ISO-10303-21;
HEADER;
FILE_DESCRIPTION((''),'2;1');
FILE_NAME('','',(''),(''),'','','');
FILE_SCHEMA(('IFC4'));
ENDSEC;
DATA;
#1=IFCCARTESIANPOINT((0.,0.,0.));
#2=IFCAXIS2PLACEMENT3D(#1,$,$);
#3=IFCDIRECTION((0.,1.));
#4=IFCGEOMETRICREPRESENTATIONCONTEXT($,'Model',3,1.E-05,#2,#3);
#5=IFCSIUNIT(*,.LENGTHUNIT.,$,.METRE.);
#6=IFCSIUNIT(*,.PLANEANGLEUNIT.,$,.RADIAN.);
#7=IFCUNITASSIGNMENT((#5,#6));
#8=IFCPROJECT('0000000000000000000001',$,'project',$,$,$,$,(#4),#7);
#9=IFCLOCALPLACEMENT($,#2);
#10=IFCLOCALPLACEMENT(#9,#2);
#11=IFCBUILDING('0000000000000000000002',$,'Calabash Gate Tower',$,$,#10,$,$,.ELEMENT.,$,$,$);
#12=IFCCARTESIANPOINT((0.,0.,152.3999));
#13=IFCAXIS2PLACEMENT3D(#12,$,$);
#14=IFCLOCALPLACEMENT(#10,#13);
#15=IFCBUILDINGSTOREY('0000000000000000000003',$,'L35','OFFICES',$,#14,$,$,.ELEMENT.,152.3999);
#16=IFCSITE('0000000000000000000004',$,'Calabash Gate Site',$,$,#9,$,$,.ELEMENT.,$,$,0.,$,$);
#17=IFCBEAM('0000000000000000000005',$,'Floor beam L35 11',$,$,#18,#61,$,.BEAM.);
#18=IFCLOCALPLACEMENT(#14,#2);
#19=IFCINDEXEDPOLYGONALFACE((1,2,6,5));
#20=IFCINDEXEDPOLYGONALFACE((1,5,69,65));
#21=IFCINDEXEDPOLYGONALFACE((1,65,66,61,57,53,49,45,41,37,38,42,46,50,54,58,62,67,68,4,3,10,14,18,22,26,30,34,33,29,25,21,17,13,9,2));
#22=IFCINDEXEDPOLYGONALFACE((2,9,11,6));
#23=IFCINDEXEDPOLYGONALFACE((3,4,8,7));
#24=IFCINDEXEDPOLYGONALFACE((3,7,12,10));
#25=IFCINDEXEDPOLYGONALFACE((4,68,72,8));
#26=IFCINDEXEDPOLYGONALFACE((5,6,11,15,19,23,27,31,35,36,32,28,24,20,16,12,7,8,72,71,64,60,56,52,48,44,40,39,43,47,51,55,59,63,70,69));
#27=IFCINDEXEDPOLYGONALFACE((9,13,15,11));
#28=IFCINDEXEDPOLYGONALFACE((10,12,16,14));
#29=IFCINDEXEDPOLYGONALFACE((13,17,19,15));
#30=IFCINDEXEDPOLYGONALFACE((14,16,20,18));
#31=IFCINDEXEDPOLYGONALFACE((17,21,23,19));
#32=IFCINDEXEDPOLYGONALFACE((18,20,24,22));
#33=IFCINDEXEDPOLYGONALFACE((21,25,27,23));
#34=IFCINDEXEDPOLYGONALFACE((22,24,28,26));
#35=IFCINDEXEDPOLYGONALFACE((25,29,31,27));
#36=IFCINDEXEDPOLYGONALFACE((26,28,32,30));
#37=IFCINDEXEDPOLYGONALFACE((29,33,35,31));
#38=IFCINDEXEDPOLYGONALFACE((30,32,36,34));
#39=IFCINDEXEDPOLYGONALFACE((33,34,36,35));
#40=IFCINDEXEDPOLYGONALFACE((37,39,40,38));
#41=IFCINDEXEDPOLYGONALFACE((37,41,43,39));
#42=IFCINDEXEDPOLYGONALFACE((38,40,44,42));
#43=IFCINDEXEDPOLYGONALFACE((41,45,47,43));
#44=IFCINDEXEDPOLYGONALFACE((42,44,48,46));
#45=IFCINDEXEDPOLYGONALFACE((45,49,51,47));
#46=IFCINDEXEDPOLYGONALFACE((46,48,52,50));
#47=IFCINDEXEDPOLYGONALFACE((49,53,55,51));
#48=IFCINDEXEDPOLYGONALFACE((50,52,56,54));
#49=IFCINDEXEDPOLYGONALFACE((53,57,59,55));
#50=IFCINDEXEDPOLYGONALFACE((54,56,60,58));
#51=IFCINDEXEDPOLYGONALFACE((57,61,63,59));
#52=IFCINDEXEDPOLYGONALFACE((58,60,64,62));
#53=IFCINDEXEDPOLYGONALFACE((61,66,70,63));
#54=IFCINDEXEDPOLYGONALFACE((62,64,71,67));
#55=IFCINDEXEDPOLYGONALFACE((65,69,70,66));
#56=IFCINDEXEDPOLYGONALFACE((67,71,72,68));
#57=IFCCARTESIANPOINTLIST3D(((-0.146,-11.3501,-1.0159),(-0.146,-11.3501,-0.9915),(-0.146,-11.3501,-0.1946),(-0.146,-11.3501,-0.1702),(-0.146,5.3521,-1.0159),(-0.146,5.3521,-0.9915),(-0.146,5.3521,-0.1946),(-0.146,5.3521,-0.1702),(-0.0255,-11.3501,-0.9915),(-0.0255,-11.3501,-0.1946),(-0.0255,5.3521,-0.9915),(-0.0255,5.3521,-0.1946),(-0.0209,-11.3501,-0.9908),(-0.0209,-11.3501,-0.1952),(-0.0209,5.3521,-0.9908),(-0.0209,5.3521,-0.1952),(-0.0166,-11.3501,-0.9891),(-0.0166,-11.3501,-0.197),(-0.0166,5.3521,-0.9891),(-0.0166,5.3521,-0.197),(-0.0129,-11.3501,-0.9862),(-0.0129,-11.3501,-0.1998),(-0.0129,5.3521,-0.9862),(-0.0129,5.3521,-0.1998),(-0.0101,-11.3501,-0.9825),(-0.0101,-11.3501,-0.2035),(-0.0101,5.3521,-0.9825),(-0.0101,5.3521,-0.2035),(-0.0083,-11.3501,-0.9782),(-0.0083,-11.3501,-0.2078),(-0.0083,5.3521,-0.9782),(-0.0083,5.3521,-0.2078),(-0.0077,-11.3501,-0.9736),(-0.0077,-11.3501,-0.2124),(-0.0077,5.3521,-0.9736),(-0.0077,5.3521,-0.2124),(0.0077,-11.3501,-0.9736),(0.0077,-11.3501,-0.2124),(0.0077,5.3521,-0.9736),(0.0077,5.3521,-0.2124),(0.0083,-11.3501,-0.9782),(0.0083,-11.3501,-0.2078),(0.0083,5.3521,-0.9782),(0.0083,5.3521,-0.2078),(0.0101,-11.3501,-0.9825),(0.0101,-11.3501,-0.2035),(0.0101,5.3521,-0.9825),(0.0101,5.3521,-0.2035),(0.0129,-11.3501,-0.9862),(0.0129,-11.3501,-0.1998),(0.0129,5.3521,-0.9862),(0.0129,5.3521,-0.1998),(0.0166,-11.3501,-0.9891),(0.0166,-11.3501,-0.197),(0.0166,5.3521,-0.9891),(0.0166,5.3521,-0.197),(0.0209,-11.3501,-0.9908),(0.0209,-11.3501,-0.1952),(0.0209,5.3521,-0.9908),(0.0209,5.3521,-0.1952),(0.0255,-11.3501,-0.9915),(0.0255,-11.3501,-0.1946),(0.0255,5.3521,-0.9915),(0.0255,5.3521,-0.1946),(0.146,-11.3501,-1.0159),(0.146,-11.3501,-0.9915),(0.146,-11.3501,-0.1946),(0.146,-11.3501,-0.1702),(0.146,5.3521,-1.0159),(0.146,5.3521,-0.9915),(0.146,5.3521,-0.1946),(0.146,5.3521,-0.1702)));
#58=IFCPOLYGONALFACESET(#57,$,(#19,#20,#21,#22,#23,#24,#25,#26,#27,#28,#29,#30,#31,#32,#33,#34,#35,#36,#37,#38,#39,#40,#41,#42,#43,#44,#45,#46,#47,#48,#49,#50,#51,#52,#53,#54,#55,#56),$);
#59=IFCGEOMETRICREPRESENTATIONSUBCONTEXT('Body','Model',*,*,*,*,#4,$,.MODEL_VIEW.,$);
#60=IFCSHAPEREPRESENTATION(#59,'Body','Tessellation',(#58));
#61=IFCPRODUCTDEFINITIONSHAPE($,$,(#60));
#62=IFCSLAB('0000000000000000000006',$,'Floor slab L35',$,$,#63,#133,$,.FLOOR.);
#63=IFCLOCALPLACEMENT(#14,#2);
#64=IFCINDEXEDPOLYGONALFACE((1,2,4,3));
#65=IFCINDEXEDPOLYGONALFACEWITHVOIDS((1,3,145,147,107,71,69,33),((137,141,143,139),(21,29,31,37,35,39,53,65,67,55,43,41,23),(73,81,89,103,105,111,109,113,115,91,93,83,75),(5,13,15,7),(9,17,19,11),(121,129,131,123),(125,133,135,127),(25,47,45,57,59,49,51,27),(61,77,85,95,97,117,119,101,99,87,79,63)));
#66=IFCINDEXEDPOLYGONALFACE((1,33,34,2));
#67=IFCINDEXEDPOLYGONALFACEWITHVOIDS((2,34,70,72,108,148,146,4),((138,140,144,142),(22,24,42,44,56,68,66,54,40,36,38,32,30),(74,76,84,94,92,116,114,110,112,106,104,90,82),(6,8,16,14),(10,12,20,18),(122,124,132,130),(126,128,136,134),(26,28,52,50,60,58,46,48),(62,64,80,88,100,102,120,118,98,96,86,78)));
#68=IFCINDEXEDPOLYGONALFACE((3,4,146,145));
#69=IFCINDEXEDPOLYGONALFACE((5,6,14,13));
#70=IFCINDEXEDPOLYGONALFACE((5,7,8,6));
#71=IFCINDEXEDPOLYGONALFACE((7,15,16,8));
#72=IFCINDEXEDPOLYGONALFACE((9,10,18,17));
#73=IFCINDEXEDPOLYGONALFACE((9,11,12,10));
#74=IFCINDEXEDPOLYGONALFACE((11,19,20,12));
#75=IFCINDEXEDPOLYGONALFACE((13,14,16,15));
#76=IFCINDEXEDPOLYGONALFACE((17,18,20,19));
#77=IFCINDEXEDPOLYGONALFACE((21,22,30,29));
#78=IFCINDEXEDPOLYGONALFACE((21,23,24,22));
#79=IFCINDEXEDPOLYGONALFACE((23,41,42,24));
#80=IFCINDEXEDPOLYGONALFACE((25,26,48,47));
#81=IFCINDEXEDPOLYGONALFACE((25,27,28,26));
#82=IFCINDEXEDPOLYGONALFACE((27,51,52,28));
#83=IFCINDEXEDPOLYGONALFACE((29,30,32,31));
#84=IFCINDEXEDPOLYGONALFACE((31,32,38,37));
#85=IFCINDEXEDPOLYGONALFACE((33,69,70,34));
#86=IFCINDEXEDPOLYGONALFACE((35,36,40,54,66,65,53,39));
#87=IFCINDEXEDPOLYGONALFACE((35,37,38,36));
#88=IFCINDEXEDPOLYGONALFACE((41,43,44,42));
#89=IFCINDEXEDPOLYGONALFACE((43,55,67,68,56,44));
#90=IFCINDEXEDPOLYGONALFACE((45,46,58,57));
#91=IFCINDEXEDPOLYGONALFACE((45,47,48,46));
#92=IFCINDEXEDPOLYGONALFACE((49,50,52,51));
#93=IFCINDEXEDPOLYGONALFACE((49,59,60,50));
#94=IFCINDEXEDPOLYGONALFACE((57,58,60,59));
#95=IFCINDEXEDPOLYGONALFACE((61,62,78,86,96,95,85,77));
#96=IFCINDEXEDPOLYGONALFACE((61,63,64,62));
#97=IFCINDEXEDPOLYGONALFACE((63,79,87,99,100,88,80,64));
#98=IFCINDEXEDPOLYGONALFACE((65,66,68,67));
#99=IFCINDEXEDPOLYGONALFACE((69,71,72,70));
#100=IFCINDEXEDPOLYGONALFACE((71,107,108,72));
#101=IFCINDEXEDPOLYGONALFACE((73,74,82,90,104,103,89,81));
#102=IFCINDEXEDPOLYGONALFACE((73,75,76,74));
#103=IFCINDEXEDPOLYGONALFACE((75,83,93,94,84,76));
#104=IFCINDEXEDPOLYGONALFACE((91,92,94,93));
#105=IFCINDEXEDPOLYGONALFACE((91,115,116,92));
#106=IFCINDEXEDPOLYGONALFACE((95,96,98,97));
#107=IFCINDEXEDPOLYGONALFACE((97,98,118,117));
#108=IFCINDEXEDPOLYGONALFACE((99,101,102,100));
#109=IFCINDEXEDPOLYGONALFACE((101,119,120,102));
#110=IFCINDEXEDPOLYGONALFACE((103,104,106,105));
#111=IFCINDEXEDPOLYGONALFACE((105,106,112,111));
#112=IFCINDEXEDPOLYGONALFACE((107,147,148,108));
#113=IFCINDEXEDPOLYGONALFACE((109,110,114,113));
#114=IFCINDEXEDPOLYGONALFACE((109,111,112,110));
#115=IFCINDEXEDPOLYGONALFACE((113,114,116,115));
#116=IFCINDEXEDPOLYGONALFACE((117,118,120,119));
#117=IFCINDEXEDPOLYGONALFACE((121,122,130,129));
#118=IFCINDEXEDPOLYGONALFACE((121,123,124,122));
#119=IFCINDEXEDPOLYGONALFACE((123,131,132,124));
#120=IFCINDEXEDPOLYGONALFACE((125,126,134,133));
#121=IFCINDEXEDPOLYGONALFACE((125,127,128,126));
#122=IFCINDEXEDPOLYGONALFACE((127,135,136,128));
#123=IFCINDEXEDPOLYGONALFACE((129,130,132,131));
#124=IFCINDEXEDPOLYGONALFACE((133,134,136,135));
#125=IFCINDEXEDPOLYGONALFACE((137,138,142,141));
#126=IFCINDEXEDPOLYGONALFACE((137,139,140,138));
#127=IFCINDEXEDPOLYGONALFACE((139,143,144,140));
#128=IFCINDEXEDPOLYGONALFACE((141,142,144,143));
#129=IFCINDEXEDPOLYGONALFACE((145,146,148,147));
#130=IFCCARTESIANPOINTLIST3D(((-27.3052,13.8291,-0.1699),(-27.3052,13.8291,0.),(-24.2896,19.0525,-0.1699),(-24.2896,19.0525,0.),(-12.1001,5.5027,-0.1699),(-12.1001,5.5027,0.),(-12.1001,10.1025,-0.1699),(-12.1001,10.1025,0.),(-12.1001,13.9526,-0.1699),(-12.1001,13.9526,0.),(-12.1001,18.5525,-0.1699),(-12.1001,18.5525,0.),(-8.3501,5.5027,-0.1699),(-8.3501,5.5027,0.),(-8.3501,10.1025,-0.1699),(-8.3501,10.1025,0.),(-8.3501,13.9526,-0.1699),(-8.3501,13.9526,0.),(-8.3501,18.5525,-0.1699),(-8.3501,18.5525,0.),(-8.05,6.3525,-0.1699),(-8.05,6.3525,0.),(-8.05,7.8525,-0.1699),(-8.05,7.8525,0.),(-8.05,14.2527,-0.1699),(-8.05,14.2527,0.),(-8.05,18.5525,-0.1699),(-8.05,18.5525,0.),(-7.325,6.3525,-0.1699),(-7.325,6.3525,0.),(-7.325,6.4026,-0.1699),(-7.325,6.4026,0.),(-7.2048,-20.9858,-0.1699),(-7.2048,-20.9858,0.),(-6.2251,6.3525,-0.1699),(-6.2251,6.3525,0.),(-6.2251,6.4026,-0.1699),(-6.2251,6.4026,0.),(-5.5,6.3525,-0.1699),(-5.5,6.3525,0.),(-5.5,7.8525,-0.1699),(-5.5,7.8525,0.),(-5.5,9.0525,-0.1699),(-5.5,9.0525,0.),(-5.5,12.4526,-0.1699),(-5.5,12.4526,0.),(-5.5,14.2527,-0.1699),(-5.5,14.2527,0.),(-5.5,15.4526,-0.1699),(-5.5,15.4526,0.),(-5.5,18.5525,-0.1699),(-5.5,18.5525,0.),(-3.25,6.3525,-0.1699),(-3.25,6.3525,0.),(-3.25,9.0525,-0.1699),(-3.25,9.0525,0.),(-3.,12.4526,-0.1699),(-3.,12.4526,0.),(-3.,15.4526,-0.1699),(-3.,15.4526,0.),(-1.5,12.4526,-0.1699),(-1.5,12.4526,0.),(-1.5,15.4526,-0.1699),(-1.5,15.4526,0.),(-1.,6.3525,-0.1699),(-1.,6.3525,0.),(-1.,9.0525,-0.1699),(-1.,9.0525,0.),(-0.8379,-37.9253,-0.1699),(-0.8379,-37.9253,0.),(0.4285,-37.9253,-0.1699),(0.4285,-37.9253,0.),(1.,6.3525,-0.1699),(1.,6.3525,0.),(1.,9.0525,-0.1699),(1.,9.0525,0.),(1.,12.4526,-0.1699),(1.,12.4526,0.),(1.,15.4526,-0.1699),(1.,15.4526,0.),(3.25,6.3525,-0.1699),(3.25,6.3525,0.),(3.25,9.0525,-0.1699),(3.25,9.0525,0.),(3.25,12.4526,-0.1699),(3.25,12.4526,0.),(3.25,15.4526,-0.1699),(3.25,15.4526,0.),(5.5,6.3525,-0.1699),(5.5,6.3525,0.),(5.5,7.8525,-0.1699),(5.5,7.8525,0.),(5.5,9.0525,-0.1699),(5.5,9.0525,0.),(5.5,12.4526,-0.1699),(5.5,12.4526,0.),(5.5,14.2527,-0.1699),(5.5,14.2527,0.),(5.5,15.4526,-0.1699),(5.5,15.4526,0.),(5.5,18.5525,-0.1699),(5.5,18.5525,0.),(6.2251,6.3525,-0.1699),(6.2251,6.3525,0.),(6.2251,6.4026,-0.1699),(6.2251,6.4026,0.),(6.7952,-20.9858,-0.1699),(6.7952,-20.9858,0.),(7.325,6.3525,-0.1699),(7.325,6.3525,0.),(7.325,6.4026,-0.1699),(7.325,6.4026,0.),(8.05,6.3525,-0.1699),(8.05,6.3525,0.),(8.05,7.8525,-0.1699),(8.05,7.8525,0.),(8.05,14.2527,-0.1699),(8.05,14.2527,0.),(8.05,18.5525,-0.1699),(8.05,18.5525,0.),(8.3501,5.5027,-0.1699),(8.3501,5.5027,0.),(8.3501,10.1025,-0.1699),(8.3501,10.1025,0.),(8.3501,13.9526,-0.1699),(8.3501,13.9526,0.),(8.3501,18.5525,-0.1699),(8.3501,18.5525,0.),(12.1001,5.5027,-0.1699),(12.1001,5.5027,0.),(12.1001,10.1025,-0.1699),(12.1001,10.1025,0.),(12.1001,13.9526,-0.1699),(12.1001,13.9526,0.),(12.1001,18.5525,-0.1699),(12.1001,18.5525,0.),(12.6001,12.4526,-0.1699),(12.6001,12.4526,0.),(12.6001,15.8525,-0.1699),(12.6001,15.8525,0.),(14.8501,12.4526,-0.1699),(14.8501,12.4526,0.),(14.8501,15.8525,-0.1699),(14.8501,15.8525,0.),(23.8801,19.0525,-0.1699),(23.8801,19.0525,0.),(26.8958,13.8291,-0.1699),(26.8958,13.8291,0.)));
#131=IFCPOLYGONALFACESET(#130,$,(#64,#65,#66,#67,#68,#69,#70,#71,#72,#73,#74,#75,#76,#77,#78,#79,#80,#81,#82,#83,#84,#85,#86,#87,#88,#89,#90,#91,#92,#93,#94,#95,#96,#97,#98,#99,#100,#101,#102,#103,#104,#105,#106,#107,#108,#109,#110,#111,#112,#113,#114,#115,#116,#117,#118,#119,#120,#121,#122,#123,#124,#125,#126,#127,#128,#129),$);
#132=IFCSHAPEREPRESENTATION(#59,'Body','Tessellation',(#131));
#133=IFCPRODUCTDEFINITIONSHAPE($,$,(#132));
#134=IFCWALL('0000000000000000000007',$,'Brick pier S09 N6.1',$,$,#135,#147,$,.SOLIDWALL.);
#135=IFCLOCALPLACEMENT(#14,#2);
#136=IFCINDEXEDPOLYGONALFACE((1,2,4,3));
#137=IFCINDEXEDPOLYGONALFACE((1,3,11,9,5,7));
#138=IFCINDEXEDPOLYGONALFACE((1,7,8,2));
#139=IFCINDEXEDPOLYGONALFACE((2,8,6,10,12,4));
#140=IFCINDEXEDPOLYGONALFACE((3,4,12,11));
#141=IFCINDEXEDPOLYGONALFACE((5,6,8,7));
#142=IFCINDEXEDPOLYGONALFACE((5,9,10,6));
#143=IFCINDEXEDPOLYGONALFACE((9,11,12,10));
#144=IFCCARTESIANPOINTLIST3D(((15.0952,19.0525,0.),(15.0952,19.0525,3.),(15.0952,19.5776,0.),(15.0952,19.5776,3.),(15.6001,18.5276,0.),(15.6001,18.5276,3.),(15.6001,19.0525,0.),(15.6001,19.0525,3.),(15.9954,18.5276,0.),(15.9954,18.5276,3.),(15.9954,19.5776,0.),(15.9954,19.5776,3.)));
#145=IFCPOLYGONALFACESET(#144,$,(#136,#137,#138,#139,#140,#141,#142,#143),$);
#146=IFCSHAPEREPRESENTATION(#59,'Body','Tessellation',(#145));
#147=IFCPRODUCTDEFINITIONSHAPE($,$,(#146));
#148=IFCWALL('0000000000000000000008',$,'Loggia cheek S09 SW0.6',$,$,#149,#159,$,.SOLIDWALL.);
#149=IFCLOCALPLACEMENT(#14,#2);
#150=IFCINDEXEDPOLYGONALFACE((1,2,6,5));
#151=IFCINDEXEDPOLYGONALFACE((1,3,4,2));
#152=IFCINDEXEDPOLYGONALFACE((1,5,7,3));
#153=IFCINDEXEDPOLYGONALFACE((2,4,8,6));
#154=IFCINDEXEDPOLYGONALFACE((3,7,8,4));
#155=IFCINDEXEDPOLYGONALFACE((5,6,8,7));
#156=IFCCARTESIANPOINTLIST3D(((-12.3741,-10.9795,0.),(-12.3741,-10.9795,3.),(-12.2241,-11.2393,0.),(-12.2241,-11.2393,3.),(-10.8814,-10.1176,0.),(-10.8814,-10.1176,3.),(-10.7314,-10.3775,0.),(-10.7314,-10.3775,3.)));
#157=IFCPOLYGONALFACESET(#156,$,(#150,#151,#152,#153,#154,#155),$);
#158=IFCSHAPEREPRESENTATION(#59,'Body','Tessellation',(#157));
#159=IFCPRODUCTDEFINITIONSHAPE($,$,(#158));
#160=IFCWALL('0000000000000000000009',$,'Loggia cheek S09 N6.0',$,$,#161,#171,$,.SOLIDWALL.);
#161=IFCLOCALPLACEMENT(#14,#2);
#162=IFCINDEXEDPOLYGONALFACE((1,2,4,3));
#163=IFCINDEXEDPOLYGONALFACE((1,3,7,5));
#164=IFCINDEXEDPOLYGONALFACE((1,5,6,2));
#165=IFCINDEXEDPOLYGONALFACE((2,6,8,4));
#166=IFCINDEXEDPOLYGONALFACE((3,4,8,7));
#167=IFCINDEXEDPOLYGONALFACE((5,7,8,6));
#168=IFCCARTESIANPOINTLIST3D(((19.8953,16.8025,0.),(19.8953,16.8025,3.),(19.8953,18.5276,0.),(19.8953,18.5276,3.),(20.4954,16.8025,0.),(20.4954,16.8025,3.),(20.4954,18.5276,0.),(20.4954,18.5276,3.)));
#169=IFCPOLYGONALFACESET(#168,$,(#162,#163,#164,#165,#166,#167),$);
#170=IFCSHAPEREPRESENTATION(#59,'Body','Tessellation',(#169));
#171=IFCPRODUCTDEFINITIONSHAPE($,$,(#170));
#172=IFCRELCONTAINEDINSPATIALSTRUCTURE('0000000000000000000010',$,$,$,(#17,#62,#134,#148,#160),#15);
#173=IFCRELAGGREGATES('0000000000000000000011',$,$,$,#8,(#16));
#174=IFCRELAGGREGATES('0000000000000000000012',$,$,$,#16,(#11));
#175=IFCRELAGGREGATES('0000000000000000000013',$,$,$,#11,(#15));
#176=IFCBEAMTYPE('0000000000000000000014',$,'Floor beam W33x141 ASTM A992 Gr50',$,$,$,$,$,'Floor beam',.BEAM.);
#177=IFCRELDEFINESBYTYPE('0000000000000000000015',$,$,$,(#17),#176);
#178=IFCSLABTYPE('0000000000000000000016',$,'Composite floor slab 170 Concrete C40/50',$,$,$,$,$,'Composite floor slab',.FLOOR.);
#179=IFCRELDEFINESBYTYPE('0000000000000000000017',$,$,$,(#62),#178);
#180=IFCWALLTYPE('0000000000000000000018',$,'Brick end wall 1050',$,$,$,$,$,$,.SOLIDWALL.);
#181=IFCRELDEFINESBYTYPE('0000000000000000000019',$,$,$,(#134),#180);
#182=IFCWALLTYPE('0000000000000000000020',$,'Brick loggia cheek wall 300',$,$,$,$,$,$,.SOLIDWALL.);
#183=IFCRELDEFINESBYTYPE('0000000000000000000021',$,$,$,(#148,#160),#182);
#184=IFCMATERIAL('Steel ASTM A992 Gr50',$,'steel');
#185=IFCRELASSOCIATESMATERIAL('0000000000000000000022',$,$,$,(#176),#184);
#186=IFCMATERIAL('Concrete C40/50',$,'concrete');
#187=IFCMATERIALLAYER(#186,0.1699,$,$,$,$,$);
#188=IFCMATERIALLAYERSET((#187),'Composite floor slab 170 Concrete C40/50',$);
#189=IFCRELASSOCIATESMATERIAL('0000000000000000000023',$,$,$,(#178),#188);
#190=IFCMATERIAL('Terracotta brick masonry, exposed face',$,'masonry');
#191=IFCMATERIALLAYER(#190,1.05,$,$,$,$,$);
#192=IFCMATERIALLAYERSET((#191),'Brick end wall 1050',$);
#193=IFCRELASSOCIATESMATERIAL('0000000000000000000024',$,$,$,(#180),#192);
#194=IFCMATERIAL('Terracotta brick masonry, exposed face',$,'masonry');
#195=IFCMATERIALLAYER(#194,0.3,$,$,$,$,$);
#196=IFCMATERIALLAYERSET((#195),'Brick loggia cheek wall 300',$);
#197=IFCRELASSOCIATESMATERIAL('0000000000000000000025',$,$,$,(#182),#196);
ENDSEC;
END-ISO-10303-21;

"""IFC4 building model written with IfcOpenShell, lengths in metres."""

from ifc_helpers import new_model, si_unit, direction, frame, frame_2d, origin, origin_2d, place, context, subcontext, project, spatial, polyline, rectangle, i_section, outline, extrude, material, layer, layer_set, material_profile, profile_set, type_object, element, save


model = new_model("IFC4")

# Units and contexts
model_context = context("Model", 3, precision=1e-05, world=origin(), true_north=direction((0.0, 1.0)))
body_context = subcontext(model_context, "Body", "Model", "MODEL_VIEW")
ifc_project = project(units=[si_unit("LENGTHUNIT", "METRE"), si_unit("PLANEANGLEUNIT", "RADIAN")], contexts=[model_context])

# Site, building, storey
site_placement = place(None, origin())
site = spatial("IfcSite", under=ifc_project, at=site_placement, Name="Calabash Gate Site", CompositionType="ELEMENT", RefElevation=0.0)
building_placement = place(site_placement, origin())
building = spatial("IfcBuilding", under=site, at=building_placement, Name="Calabash Gate Tower", CompositionType="ELEMENT")
storey_placement = place(building_placement, frame((0.0, 0.0, 152.3999)))
storey = spatial("IfcBuildingStorey", under=building, at=storey_placement, Name="L35", Description="OFFICES", CompositionType="ELEMENT", Elevation=152.3999)

# Beam
ifc_material_1 = material(Name="Steel ASTM A992 Gr50", Category="steel")
ifc_material_profile = material_profile(ifc_material_1, i_section(OverallWidth=0.292, OverallDepth=0.8457, WebThickness=0.0154, FlangeThickness=0.0244, FilletRadius=0.0178, at=origin_2d()))
ifc_profile_set = profile_set([ifc_material_profile], Name="Steel ASTM A992 Gr50")
beam_type = type_object("IfcBeamType", Name="Floor beam W33x141 ASTM A992 Gr50", ElementType="Floor beam", PredefinedType="BEAM", material=ifc_profile_set)
beam_placement = place(storey_placement, frame((0.0, -11.3501, -0.593), z_axis=(0.0, 1.0, 0.0), x_axis=(-1.0, 0.0, 0.0)))
element("IfcBeam", 1, at=beam_placement, inside=storey, type_object=beam_type, Name="Floor beam L35 11", PredefinedType="BEAM", context=body_context, shape_type="SweptSolid", body=[
    extrude(i_section(OverallWidth=0.292, OverallDepth=0.8457, WebThickness=0.0154, FlangeThickness=0.0244, FilletRadius=0.0178, at=origin_2d()), origin(), (0.0, 0.0, 1.0), 16.7021),
])

# Slab
ifc_material_2 = material(Name="Concrete C40/50", Category="concrete")
ifc_layer_1 = layer(ifc_material_2, 0.1699)
ifc_layer_set_1 = layer_set([ifc_layer_1], Name="Composite floor slab 170 Concrete C40/50")
slab_type = type_object("IfcSlabType", Name="Composite floor slab 170 Concrete C40/50", ElementType="Composite floor slab", PredefinedType="FLOOR", material=ifc_layer_set_1)
slab_placement = place(storey_placement, frame((0.0, 0.0, -0.1699)))
element("IfcSlab", 2, at=slab_placement, inside=storey, type_object=slab_type, Name="Floor slab L35", PredefinedType="FLOOR", context=body_context, shape_type="SweptSolid", body=[
    extrude(outline(polyline([(-24.2896, 19.0525), (23.8801, 19.0525), (26.8958, 13.8291), (6.7952, -20.9858), (0.4285, -37.9253), (-0.8379, -37.9253), (-7.2048, -20.9858), (-27.3052, 13.8291), (-24.2896, 19.0525)]), holes=[polyline([(-3.25, 9.0525), (-5.5, 9.0525), (-5.5, 7.8525), (-8.05, 7.8525), (-8.05, 6.3525), (-7.325, 6.3525), (-7.325, 6.4026), (-6.2251, 6.4026), (-6.2251, 6.3525), (-5.5, 6.3525), (-3.25, 6.3525), (-1.0, 6.3525), (-1.0, 9.0525), (-3.25, 9.0525)]), polyline([(5.5, 6.3525), (6.2251, 6.3525), (6.2251, 6.4026), (7.325, 6.4026), (7.325, 6.3525), (8.05, 6.3525), (8.05, 7.8525), (5.5, 7.8525), (5.5, 9.0525), (3.25, 9.0525), (1.0, 9.0525), (1.0, 6.3525), (3.25, 6.3525), (5.5, 6.3525)]), polyline([(-5.5, 12.4526), (-3.0, 12.4526), (-3.0, 15.4526), (-5.5, 15.4526), (-5.5, 18.5525), (-8.05, 18.5525), (-8.05, 14.2527), (-5.5, 14.2527), (-5.5, 12.4526)]), polyline([(-1.5, 15.4526), (-1.5, 12.4526), (1.0, 12.4526), (3.25, 12.4526), (5.5, 12.4526), (5.5, 14.2527), (8.05, 14.2527), (8.05, 18.5525), (5.5, 18.5525), (5.5, 15.4526), (3.25, 15.4526), (1.0, 15.4526), (-1.5, 15.4526)]), polyline([(14.8501, 15.8525), (12.6001, 15.8525), (12.6001, 12.4526), (14.8501, 12.4526), (14.8501, 15.8525)]), polyline([(-8.3501, 18.5525), (-12.1001, 18.5525), (-12.1001, 13.9526), (-8.3501, 13.9526), (-8.3501, 18.5525)]), polyline([(-12.1001, 10.1025), (-12.1001, 5.5027), (-8.3501, 5.5027), (-8.3501, 10.1025), (-12.1001, 10.1025)]), polyline([(8.3501, 13.9526), (12.1001, 13.9526), (12.1001, 18.5525), (8.3501, 18.5525), (8.3501, 13.9526)]), polyline([(12.1001, 5.5027), (12.1001, 10.1025), (8.3501, 10.1025), (8.3501, 5.5027), (12.1001, 5.5027)])]), origin(), (0.0, 0.0, 1.0), 0.1699),
])

# Walls
ifc_material_3 = material(Name="Terracotta brick masonry, exposed face", Category="masonry")
ifc_layer_2 = layer(ifc_material_3, 1.05)
ifc_layer_set_2 = layer_set([ifc_layer_2], Name="Brick end wall 1050")
wall_type_1 = type_object("IfcWallType", Name="Brick end wall 1050", PredefinedType="SOLIDWALL", material=ifc_layer_set_2)
wall_1_placement = place(storey_placement, origin())
element("IfcWall", 3, at=wall_1_placement, inside=storey, type_object=wall_type_1, Name="Brick pier S09 N6.1", PredefinedType="SOLIDWALL", context=body_context, shape_type="SweptSolid", body=[
    extrude(outline(polyline([(15.9954, 18.5276), (15.9954, 19.5776), (15.0952, 19.5776), (15.0952, 19.0525), (15.6001, 19.0525), (15.6001, 18.5276), (15.9954, 18.5276)])), origin(), (0.0, 0.0, 1.0), 3.0),
])
ifc_material_4 = material(Name="Terracotta brick masonry, exposed face", Category="masonry")
ifc_layer_3 = layer(ifc_material_4, 0.3)
ifc_layer_set_3 = layer_set([ifc_layer_3], Name="Brick loggia cheek wall 300")
wall_type_2 = type_object("IfcWallType", Name="Brick loggia cheek wall 300", PredefinedType="SOLIDWALL", material=ifc_layer_set_3)
wall_2_placement = place(storey_placement, frame((-10.8064, -10.2476, 0.0), z_axis=(0.0, 0.0, 1.0), x_axis=(-0.86602, -0.500009, 0.0)))
element("IfcWall", 4, at=wall_2_placement, inside=storey, type_object=wall_type_2, Name="Loggia cheek S09 SW0.6", PredefinedType="SOLIDWALL", context=body_context, shape_type="SweptSolid", body=[
    extrude(rectangle(XDim=1.7236, YDim=0.3, at=frame_2d((0.8618, 0.0))), origin(), (0.0, 0.0, 1.0), 3.0),
])
wall_3_placement = place(storey_placement, origin())
element("IfcWall", 5, at=wall_3_placement, inside=storey, type_object=wall_type_2, Name="Loggia cheek S09 N6.0", PredefinedType="SOLIDWALL", context=body_context, shape_type="SweptSolid", body=[
    extrude(outline(polyline([(20.4954, 16.8025), (20.4954, 18.5276), (19.8953, 18.5276), (19.8953, 16.8025), (20.4954, 16.8025)])), origin(), (0.0, 0.0, 1.0), 3.0),
])

save(model, "model.ifc")
